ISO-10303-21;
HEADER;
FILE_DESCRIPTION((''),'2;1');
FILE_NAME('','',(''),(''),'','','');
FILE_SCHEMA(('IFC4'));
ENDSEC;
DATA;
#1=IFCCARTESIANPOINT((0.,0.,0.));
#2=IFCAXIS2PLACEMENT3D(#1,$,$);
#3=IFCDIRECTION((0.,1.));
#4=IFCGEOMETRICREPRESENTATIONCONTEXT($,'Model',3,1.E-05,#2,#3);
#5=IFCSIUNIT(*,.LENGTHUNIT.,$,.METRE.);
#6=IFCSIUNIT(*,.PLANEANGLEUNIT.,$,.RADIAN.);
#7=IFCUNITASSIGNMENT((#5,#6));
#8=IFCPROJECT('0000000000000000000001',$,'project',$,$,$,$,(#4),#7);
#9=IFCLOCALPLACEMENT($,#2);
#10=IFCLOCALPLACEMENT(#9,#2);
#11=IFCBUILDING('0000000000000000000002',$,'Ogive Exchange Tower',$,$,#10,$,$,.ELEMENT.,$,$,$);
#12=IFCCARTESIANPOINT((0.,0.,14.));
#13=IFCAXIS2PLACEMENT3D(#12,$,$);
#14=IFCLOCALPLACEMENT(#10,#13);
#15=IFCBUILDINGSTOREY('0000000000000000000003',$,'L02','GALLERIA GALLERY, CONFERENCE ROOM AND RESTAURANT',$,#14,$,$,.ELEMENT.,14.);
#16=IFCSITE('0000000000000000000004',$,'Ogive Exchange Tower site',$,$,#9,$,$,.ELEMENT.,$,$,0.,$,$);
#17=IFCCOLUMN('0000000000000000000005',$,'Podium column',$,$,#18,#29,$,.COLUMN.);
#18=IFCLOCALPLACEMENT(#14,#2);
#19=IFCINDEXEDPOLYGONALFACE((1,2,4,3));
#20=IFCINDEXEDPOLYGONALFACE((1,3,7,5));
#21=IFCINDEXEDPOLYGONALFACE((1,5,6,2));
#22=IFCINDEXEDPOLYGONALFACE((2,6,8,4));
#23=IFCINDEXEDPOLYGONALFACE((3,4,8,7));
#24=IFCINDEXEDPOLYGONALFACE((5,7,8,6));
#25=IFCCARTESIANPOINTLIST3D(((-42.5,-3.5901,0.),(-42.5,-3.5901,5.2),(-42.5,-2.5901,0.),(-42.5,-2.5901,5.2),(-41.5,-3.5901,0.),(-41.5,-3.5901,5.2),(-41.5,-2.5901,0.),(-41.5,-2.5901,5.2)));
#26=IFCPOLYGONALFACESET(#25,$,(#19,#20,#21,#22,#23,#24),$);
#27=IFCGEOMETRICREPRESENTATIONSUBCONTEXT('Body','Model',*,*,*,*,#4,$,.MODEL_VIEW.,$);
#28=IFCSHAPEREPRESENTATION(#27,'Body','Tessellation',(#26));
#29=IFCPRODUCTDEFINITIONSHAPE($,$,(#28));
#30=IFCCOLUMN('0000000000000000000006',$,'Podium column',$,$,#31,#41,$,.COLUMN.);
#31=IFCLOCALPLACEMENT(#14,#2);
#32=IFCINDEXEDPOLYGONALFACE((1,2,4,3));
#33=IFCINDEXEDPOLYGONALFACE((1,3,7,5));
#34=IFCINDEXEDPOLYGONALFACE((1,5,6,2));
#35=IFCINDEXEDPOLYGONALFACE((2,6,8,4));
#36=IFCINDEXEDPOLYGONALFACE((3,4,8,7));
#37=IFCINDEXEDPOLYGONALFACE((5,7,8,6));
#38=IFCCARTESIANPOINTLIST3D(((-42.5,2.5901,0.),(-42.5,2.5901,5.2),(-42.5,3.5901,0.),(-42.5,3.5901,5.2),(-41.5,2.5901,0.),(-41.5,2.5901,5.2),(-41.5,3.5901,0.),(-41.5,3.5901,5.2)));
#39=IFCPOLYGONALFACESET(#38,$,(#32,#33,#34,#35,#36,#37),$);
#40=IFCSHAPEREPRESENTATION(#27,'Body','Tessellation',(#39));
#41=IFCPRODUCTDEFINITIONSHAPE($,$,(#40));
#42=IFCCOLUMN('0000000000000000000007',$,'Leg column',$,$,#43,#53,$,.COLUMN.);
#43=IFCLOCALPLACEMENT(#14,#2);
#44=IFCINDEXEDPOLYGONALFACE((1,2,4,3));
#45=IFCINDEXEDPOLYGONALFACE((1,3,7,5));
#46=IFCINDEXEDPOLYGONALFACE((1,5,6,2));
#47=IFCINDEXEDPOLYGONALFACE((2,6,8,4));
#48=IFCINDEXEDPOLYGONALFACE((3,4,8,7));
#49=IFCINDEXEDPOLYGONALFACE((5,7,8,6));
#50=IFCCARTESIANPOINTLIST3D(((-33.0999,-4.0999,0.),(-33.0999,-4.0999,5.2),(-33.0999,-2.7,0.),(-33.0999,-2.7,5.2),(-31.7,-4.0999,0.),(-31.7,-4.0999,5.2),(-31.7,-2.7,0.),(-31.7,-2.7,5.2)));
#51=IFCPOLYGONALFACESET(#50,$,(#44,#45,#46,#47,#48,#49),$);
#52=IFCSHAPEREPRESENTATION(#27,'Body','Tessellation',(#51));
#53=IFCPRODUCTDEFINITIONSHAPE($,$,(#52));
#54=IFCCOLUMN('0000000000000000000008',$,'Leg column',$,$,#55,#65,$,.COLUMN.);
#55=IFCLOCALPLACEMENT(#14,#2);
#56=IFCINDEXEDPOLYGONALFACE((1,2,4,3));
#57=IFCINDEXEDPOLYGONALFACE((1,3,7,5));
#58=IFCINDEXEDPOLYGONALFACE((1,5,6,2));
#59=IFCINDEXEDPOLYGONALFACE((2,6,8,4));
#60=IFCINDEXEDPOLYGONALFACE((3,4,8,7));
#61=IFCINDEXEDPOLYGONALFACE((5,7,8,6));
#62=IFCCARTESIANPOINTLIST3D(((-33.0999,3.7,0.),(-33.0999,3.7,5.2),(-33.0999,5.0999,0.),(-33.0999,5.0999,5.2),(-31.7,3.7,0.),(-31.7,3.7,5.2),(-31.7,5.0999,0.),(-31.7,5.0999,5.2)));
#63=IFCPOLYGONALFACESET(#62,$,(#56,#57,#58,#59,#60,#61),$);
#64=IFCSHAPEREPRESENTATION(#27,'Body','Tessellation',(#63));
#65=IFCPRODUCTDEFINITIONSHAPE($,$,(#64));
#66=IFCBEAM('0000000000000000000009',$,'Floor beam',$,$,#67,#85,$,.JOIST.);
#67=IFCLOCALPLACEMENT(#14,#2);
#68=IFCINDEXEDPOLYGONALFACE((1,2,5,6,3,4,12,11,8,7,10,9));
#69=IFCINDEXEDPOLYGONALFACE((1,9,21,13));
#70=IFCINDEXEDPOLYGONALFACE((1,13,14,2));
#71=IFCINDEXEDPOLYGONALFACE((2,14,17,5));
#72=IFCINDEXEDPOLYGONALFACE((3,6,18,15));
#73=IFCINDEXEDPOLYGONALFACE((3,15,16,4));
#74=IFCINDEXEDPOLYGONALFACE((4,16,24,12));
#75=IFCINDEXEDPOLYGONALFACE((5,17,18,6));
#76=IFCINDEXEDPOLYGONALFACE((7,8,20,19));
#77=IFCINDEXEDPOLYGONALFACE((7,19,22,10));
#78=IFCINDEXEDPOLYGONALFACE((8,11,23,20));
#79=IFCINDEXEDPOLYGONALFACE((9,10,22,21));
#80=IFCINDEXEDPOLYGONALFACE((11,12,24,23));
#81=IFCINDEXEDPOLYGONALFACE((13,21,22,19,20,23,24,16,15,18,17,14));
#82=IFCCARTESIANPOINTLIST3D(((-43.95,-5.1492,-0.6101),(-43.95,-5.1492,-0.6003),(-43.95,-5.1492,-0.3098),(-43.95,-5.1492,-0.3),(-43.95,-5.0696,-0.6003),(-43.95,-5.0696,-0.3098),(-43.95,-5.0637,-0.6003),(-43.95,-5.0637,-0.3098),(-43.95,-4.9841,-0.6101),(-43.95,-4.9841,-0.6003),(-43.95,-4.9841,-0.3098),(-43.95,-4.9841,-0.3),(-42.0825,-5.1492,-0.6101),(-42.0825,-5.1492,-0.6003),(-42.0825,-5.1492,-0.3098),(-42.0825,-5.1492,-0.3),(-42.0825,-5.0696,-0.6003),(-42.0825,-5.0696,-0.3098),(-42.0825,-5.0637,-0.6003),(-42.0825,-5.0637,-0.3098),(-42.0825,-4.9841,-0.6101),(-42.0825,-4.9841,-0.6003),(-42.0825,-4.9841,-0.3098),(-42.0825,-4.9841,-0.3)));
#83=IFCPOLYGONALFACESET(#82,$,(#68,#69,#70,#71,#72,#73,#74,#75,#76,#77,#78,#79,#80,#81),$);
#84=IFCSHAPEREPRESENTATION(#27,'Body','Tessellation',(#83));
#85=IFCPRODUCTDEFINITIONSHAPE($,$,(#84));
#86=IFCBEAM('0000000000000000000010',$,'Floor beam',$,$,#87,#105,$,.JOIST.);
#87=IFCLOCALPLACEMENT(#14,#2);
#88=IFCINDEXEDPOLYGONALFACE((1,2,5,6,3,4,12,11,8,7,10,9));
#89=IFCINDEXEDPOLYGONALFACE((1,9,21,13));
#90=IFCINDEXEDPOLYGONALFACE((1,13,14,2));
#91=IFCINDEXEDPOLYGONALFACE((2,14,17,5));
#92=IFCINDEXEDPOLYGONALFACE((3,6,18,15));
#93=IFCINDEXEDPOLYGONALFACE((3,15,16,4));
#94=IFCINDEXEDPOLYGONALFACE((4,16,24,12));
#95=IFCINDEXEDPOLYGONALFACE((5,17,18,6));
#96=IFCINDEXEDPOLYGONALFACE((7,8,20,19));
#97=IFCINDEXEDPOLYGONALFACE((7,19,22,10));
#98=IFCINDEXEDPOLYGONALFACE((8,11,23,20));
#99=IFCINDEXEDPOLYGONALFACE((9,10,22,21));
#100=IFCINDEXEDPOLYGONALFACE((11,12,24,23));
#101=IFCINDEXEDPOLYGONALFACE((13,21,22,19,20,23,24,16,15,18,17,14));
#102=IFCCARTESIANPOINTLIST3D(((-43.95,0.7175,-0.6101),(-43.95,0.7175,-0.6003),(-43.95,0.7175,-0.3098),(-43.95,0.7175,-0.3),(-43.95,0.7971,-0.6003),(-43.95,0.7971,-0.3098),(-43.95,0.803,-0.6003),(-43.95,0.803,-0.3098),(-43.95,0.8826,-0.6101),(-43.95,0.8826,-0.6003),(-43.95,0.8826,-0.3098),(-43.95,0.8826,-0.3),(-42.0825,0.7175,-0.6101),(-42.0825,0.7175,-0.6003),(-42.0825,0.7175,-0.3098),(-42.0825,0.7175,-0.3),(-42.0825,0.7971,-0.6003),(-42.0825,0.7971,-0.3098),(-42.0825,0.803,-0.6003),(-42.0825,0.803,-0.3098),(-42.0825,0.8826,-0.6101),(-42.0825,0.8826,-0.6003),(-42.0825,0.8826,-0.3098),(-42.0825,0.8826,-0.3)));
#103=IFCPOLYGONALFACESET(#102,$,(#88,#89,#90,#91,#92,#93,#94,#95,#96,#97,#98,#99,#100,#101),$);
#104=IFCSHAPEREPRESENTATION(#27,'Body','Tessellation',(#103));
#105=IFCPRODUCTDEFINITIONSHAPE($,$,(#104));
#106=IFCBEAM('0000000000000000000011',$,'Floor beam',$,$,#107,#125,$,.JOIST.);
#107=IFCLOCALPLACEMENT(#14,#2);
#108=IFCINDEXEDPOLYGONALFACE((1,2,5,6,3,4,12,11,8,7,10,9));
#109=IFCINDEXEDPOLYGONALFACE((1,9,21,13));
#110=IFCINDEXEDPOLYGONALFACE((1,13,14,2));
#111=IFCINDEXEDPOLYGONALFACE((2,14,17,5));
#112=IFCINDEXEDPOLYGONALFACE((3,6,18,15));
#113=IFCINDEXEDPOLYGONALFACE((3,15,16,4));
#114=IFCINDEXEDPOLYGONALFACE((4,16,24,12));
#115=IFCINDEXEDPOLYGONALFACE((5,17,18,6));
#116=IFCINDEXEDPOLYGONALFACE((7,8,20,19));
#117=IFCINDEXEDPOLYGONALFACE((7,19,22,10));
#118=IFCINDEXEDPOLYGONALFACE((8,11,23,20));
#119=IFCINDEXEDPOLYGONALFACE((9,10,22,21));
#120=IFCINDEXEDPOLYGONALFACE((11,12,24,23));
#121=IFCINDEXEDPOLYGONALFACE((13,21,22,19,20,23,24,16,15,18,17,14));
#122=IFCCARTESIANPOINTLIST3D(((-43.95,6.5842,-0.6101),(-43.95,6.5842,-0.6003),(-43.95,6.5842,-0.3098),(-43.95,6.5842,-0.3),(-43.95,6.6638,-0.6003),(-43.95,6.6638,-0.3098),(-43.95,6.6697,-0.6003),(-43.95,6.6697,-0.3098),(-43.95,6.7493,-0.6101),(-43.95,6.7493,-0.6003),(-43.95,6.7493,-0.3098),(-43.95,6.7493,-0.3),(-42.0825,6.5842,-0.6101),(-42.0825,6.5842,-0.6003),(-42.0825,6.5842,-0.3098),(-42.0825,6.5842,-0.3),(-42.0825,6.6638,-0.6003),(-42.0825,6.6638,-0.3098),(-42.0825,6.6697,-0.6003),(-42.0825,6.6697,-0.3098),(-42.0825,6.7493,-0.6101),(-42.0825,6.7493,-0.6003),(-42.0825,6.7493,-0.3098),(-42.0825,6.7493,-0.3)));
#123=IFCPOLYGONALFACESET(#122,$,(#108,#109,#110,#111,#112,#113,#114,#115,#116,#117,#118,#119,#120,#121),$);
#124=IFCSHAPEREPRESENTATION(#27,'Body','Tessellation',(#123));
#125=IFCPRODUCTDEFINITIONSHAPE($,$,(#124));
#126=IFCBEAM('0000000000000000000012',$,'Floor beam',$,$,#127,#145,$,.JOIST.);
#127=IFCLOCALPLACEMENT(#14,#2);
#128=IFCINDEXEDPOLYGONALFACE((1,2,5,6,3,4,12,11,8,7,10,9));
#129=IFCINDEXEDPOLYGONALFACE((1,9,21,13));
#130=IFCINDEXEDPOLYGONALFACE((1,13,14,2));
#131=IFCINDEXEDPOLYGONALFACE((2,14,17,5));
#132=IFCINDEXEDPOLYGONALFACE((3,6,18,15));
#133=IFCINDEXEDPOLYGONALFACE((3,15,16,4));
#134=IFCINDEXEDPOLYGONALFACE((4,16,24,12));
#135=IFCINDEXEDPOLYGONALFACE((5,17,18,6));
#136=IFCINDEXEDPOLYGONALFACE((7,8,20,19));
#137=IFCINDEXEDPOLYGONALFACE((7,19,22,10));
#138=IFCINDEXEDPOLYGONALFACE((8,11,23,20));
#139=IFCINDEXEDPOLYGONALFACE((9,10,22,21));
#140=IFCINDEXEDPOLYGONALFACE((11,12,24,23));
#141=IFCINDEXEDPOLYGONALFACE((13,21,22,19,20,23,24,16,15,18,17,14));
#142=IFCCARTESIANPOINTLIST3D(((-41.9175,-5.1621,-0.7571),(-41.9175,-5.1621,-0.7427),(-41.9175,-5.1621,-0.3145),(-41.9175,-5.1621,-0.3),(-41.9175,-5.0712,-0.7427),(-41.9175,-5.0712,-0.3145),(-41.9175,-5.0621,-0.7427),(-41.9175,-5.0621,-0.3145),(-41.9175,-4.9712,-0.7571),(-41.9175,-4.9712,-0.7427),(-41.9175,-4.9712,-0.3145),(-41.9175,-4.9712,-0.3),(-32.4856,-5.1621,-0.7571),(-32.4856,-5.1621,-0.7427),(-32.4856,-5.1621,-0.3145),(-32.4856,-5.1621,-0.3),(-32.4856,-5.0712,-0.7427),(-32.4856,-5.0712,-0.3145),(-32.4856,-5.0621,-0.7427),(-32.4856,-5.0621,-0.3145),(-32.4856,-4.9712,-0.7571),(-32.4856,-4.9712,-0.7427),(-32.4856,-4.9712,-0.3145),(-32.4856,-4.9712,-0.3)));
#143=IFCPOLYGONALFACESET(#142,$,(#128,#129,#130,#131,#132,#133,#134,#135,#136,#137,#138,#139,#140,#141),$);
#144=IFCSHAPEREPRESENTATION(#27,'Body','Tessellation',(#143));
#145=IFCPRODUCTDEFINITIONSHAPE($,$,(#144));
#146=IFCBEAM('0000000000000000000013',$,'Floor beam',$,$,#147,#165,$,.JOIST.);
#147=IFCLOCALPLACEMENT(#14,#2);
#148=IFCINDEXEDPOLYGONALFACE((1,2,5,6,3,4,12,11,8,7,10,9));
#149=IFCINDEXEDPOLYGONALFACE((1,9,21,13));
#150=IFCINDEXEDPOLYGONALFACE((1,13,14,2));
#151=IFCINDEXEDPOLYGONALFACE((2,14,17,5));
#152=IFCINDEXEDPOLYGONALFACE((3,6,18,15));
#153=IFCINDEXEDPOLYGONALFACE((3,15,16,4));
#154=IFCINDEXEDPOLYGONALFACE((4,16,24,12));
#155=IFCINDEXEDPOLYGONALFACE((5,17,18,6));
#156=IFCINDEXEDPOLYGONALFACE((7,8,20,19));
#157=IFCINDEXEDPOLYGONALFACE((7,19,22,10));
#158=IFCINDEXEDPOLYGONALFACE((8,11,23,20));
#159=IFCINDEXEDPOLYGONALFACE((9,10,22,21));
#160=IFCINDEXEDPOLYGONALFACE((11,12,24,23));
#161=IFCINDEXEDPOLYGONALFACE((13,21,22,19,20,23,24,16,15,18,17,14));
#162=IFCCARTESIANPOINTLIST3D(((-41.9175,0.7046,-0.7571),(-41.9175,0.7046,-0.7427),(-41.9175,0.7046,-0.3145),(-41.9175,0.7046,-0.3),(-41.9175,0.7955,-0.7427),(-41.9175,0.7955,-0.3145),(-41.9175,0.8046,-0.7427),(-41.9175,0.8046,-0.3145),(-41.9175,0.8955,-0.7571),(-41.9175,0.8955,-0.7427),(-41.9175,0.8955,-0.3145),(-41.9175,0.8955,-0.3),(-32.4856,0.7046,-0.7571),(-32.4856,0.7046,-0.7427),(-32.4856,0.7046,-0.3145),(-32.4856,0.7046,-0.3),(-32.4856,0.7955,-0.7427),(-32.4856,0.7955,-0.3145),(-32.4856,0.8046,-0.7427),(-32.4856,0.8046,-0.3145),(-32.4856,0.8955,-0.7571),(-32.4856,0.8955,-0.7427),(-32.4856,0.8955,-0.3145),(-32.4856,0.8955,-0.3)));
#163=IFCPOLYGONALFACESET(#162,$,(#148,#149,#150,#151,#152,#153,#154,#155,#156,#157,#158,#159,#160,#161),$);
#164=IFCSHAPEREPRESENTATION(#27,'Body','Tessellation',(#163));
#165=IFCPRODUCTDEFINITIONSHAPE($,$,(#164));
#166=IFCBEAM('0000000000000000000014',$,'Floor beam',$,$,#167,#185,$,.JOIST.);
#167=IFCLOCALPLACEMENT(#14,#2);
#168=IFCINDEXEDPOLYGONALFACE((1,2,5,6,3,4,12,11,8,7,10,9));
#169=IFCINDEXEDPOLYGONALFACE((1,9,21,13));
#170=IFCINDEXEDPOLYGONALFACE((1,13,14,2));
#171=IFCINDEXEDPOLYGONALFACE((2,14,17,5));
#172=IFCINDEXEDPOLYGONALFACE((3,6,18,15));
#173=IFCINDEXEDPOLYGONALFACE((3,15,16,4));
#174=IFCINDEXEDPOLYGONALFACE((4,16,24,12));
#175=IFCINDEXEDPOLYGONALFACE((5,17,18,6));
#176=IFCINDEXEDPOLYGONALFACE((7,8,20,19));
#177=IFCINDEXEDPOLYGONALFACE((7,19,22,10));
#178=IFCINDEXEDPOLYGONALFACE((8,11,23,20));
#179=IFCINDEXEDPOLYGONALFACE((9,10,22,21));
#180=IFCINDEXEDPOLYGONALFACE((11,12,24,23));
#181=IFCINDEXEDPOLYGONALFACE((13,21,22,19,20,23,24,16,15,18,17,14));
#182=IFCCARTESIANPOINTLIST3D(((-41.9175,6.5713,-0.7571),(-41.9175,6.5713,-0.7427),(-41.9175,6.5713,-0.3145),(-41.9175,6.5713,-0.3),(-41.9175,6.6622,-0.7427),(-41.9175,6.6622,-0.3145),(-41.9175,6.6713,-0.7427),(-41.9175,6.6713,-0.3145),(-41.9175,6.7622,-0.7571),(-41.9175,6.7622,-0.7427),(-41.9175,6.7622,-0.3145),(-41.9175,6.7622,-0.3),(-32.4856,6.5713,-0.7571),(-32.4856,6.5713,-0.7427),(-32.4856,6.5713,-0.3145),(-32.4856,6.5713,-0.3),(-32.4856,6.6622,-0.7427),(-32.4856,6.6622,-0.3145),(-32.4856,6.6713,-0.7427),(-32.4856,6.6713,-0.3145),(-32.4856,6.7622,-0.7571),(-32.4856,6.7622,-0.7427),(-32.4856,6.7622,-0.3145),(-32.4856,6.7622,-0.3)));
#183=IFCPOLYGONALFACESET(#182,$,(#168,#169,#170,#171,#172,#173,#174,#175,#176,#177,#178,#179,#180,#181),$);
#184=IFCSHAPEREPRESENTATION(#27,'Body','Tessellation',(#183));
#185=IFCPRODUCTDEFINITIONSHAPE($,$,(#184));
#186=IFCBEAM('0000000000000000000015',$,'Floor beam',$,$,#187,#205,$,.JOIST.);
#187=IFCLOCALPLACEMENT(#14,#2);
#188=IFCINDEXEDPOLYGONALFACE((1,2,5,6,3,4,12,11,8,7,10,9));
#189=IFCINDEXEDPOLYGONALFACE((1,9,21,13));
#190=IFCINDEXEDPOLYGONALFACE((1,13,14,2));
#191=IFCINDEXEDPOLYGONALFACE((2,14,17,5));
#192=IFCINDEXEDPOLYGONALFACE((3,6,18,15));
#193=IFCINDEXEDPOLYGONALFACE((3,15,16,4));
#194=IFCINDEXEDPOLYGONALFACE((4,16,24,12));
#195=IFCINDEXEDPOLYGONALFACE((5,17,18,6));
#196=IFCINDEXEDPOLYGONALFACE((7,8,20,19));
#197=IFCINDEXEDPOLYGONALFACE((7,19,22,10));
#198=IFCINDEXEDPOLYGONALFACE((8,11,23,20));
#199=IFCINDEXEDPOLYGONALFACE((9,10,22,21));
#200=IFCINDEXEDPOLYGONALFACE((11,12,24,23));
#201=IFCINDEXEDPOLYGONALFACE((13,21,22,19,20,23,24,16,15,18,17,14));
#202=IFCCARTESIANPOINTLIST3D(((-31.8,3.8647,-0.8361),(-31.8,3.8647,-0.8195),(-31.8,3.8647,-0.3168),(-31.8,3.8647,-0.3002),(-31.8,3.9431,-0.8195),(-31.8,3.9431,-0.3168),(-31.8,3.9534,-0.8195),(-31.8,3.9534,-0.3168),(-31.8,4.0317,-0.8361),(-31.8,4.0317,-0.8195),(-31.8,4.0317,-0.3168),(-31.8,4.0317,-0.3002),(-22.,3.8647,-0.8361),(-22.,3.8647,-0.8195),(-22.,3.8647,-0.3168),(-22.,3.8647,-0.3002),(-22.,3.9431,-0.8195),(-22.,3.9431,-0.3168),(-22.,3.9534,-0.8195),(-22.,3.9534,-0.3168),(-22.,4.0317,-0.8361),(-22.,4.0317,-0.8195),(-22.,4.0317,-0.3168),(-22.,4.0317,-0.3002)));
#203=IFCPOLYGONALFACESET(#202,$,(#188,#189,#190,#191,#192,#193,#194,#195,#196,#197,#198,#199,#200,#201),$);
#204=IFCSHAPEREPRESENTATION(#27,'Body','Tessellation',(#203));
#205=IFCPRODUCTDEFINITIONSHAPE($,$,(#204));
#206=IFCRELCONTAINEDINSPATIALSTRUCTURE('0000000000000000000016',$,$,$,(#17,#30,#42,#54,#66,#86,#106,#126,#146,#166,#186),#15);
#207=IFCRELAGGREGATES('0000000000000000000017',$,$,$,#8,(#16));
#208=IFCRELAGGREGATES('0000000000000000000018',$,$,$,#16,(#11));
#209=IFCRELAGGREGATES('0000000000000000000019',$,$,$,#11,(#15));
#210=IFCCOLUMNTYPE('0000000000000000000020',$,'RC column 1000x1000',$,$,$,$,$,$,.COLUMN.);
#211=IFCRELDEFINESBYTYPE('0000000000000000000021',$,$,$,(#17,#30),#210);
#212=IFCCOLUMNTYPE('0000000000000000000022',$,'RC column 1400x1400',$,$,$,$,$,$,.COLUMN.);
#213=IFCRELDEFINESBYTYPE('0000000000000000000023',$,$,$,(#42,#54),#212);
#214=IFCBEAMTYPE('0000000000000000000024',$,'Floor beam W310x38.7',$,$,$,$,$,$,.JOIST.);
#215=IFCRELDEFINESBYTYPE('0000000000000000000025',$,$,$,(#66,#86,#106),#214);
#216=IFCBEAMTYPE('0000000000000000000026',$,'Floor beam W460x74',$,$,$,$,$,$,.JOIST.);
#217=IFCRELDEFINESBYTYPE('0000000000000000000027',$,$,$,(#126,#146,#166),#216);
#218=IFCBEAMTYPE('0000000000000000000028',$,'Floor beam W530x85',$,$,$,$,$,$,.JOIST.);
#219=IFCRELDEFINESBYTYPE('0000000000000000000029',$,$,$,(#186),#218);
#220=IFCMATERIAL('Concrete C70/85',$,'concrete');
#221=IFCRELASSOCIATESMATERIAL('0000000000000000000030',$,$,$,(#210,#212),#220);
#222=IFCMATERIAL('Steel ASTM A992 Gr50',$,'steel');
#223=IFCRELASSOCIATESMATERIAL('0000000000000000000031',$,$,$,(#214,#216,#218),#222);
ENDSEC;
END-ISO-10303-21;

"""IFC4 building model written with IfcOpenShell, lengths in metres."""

from ifc_helpers import new_model, si_unit, direction, frame, origin, origin_2d, place, context, subcontext, project, spatial, rectangle, i_section, extrude, material, material_profile, profile_set, type_object, element, save


model = new_model("IFC4")

# Units and contexts
model_context = context("Model", 3, precision=1e-05, world=origin(), true_north=direction((0.0, 1.0)))
body_context = subcontext(model_context, "Body", "Model", "MODEL_VIEW")
ifc_project = project(units=[si_unit("LENGTHUNIT", "METRE"), si_unit("PLANEANGLEUNIT", "RADIAN")], contexts=[model_context])

# Site, building, storey
site_placement = place(None, origin())
site = spatial("IfcSite", under=ifc_project, at=site_placement, Name="Ogive Exchange Tower site", CompositionType="ELEMENT", RefElevation=0.0)
building_placement = place(site_placement, origin())
building = spatial("IfcBuilding", under=site, at=building_placement, Name="Ogive Exchange Tower", CompositionType="ELEMENT")
storey_placement = place(building_placement, frame((0.0, 0.0, 14.0)))
storey = spatial("IfcBuildingStorey", under=building, at=storey_placement, Name="L02", Description="GALLERIA GALLERY, CONFERENCE ROOM AND RESTAURANT", CompositionType="ELEMENT", Elevation=14.0)

# Columns
ifc_material_1 = material(Name="Concrete C70/85", Category="concrete")
ifc_material_profile_1 = material_profile(ifc_material_1, rectangle(XDim=1.0, YDim=1.0, at=origin_2d()), Name="RC 1000x1000")
ifc_profile_set_1 = profile_set([ifc_material_profile_1], Name="Concrete C70/85")
column_type_1 = type_object("IfcColumnType", Name="RC column 1000x1000", PredefinedType="COLUMN", material=ifc_profile_set_1)
for number, where, z_axis, x_axis, name in (
    (1, (-42.0, -3.0901, 0.0), (0.0, 0.0, 1.0), (1.0, 0.0, 0.0), "Podium column"),
    (2, (-42.0, 3.0901, 0.0), (0.0, 0.0, 1.0), (1.0, 0.0, 0.0), "Podium column"),
):
    element("IfcColumn", number, at=place(storey_placement, frame(where, z_axis=z_axis, x_axis=x_axis)), inside=storey, type_object=column_type_1, Name=name, PredefinedType="COLUMN", context=body_context, shape_type="SweptSolid", body=[
        extrude(rectangle(XDim=1.0, YDim=1.0, at=origin_2d()), origin(), (0.0, 0.0, 1.0), 5.2),
    ])
ifc_material_profile_2 = material_profile(ifc_material_1, rectangle(XDim=1.3999, YDim=1.3999, at=origin_2d()), Name="RC 1400x1400")
ifc_profile_set_2 = profile_set([ifc_material_profile_2], Name="Concrete C70/85")
column_type_2 = type_object("IfcColumnType", Name="RC column 1400x1400", PredefinedType="COLUMN", material=ifc_profile_set_2)
for number, where, z_axis, x_axis, name in (
    (3, (-32.3999, -3.3999, 0.0), (0.0, 0.0, 1.0), (1.0, 0.0, 0.0), "Leg column"),
    (4, (-32.3999, 4.3999, 0.0), (0.0, 0.0, 1.0), (1.0, 0.0, 0.0), "Leg column"),
):
    element("IfcColumn", number, at=place(storey_placement, frame(where, z_axis=z_axis, x_axis=x_axis)), inside=storey, type_object=column_type_2, Name=name, PredefinedType="COLUMN", context=body_context, shape_type="SweptSolid", body=[
        extrude(rectangle(XDim=1.3999, YDim=1.3999, at=origin_2d()), origin(), (0.0, 0.0, 1.0), 5.2),
    ])

# Beams
ifc_material_2 = material(Name="Steel ASTM A992 Gr50", Category="steel")
ifc_material_profile_3 = material_profile(ifc_material_2, i_section(OverallWidth=0.165, OverallDepth=0.3101, WebThickness=0.0059, FlangeThickness=0.0098, at=origin_2d()), Name="W310x38.7")
ifc_profile_set_3 = profile_set([ifc_material_profile_3], Name="Steel ASTM A992 Gr50")
beam_type_1 = type_object("IfcBeamType", Name="Floor beam W310x38.7", PredefinedType="JOIST", material=ifc_profile_set_3)
for number, where, z_axis, x_axis, name in (
    (5, (-43.95, -5.0667, -0.4551), (1.0, 0.0, 0.0), (0.0, 1.0, 0.0), "Floor beam"),
    (6, (-43.95, 0.8, -0.4551), (1.0, 0.0, 0.0), (0.0, 1.0, 0.0), "Floor beam"),
    (7, (-43.95, 6.6667, -0.4551), (1.0, 0.0, 0.0), (0.0, 1.0, 0.0), "Floor beam"),
):
    element("IfcBeam", number, at=place(storey_placement, frame(where, z_axis=z_axis, x_axis=x_axis)), inside=storey, type_object=beam_type_1, Name=name, PredefinedType="JOIST", context=body_context, shape_type="SweptSolid", body=[
        extrude(i_section(OverallWidth=0.165, OverallDepth=0.3101, WebThickness=0.0059, FlangeThickness=0.0098, at=origin_2d()), origin(), (0.0, 0.0, 1.0), 1.8674),
    ])
ifc_material_profile_4 = material_profile(ifc_material_2, i_section(OverallWidth=0.1909, OverallDepth=0.457, WebThickness=0.009, FlangeThickness=0.0144, at=origin_2d()), Name="W460x74")
ifc_profile_set_4 = profile_set([ifc_material_profile_4], Name="Steel ASTM A992 Gr50")
beam_type_2 = type_object("IfcBeamType", Name="Floor beam W460x74", PredefinedType="JOIST", material=ifc_profile_set_4)
for number, where, z_axis, x_axis, name in (
    (8, (-41.9175, -5.0667, -0.5286), (1.0, 0.0, 0.0), (0.0, 1.0, 0.0), "Floor beam"),
    (9, (-41.9175, 0.8, -0.5286), (1.0, 0.0, 0.0), (0.0, 1.0, 0.0), "Floor beam"),
    (10, (-41.9175, 6.6667, -0.5286), (1.0, 0.0, 0.0), (0.0, 1.0, 0.0), "Floor beam"),
):
    element("IfcBeam", number, at=place(storey_placement, frame(where, z_axis=z_axis, x_axis=x_axis)), inside=storey, type_object=beam_type_2, Name=name, PredefinedType="JOIST", context=body_context, shape_type="SweptSolid", body=[
        extrude(i_section(OverallWidth=0.1909, OverallDepth=0.457, WebThickness=0.009, FlangeThickness=0.0144, at=origin_2d()), origin(), (0.0, 0.0, 1.0), 9.4319),
    ])
ifc_material_profile_5 = material_profile(ifc_material_2, i_section(OverallWidth=0.167, OverallDepth=0.5359, WebThickness=0.0103, FlangeThickness=0.0166, at=origin_2d()), Name="W530x85")
ifc_profile_set_5 = profile_set([ifc_material_profile_5], Name="Steel ASTM A992 Gr50")
beam_type_3 = type_object("IfcBeamType", Name="Floor beam W530x85", PredefinedType="JOIST", material=ifc_profile_set_5)
beam_1_placement = place(storey_placement, frame((-31.8, 3.9482, -0.5681), z_axis=(1.0, 0.0, 0.0), x_axis=(0.0, 1.0, 0.0)))
element("IfcBeam", 11, at=beam_1_placement, inside=storey, type_object=beam_type_3, Name="Floor beam", PredefinedType="JOIST", context=body_context, shape_type="SweptSolid", body=[
    extrude(i_section(OverallWidth=0.167, OverallDepth=0.5359, WebThickness=0.0103, FlangeThickness=0.0166, at=origin_2d()), origin(), (0.0, 0.0, 1.0), 9.8),
])

save(model, "model.ifc")
